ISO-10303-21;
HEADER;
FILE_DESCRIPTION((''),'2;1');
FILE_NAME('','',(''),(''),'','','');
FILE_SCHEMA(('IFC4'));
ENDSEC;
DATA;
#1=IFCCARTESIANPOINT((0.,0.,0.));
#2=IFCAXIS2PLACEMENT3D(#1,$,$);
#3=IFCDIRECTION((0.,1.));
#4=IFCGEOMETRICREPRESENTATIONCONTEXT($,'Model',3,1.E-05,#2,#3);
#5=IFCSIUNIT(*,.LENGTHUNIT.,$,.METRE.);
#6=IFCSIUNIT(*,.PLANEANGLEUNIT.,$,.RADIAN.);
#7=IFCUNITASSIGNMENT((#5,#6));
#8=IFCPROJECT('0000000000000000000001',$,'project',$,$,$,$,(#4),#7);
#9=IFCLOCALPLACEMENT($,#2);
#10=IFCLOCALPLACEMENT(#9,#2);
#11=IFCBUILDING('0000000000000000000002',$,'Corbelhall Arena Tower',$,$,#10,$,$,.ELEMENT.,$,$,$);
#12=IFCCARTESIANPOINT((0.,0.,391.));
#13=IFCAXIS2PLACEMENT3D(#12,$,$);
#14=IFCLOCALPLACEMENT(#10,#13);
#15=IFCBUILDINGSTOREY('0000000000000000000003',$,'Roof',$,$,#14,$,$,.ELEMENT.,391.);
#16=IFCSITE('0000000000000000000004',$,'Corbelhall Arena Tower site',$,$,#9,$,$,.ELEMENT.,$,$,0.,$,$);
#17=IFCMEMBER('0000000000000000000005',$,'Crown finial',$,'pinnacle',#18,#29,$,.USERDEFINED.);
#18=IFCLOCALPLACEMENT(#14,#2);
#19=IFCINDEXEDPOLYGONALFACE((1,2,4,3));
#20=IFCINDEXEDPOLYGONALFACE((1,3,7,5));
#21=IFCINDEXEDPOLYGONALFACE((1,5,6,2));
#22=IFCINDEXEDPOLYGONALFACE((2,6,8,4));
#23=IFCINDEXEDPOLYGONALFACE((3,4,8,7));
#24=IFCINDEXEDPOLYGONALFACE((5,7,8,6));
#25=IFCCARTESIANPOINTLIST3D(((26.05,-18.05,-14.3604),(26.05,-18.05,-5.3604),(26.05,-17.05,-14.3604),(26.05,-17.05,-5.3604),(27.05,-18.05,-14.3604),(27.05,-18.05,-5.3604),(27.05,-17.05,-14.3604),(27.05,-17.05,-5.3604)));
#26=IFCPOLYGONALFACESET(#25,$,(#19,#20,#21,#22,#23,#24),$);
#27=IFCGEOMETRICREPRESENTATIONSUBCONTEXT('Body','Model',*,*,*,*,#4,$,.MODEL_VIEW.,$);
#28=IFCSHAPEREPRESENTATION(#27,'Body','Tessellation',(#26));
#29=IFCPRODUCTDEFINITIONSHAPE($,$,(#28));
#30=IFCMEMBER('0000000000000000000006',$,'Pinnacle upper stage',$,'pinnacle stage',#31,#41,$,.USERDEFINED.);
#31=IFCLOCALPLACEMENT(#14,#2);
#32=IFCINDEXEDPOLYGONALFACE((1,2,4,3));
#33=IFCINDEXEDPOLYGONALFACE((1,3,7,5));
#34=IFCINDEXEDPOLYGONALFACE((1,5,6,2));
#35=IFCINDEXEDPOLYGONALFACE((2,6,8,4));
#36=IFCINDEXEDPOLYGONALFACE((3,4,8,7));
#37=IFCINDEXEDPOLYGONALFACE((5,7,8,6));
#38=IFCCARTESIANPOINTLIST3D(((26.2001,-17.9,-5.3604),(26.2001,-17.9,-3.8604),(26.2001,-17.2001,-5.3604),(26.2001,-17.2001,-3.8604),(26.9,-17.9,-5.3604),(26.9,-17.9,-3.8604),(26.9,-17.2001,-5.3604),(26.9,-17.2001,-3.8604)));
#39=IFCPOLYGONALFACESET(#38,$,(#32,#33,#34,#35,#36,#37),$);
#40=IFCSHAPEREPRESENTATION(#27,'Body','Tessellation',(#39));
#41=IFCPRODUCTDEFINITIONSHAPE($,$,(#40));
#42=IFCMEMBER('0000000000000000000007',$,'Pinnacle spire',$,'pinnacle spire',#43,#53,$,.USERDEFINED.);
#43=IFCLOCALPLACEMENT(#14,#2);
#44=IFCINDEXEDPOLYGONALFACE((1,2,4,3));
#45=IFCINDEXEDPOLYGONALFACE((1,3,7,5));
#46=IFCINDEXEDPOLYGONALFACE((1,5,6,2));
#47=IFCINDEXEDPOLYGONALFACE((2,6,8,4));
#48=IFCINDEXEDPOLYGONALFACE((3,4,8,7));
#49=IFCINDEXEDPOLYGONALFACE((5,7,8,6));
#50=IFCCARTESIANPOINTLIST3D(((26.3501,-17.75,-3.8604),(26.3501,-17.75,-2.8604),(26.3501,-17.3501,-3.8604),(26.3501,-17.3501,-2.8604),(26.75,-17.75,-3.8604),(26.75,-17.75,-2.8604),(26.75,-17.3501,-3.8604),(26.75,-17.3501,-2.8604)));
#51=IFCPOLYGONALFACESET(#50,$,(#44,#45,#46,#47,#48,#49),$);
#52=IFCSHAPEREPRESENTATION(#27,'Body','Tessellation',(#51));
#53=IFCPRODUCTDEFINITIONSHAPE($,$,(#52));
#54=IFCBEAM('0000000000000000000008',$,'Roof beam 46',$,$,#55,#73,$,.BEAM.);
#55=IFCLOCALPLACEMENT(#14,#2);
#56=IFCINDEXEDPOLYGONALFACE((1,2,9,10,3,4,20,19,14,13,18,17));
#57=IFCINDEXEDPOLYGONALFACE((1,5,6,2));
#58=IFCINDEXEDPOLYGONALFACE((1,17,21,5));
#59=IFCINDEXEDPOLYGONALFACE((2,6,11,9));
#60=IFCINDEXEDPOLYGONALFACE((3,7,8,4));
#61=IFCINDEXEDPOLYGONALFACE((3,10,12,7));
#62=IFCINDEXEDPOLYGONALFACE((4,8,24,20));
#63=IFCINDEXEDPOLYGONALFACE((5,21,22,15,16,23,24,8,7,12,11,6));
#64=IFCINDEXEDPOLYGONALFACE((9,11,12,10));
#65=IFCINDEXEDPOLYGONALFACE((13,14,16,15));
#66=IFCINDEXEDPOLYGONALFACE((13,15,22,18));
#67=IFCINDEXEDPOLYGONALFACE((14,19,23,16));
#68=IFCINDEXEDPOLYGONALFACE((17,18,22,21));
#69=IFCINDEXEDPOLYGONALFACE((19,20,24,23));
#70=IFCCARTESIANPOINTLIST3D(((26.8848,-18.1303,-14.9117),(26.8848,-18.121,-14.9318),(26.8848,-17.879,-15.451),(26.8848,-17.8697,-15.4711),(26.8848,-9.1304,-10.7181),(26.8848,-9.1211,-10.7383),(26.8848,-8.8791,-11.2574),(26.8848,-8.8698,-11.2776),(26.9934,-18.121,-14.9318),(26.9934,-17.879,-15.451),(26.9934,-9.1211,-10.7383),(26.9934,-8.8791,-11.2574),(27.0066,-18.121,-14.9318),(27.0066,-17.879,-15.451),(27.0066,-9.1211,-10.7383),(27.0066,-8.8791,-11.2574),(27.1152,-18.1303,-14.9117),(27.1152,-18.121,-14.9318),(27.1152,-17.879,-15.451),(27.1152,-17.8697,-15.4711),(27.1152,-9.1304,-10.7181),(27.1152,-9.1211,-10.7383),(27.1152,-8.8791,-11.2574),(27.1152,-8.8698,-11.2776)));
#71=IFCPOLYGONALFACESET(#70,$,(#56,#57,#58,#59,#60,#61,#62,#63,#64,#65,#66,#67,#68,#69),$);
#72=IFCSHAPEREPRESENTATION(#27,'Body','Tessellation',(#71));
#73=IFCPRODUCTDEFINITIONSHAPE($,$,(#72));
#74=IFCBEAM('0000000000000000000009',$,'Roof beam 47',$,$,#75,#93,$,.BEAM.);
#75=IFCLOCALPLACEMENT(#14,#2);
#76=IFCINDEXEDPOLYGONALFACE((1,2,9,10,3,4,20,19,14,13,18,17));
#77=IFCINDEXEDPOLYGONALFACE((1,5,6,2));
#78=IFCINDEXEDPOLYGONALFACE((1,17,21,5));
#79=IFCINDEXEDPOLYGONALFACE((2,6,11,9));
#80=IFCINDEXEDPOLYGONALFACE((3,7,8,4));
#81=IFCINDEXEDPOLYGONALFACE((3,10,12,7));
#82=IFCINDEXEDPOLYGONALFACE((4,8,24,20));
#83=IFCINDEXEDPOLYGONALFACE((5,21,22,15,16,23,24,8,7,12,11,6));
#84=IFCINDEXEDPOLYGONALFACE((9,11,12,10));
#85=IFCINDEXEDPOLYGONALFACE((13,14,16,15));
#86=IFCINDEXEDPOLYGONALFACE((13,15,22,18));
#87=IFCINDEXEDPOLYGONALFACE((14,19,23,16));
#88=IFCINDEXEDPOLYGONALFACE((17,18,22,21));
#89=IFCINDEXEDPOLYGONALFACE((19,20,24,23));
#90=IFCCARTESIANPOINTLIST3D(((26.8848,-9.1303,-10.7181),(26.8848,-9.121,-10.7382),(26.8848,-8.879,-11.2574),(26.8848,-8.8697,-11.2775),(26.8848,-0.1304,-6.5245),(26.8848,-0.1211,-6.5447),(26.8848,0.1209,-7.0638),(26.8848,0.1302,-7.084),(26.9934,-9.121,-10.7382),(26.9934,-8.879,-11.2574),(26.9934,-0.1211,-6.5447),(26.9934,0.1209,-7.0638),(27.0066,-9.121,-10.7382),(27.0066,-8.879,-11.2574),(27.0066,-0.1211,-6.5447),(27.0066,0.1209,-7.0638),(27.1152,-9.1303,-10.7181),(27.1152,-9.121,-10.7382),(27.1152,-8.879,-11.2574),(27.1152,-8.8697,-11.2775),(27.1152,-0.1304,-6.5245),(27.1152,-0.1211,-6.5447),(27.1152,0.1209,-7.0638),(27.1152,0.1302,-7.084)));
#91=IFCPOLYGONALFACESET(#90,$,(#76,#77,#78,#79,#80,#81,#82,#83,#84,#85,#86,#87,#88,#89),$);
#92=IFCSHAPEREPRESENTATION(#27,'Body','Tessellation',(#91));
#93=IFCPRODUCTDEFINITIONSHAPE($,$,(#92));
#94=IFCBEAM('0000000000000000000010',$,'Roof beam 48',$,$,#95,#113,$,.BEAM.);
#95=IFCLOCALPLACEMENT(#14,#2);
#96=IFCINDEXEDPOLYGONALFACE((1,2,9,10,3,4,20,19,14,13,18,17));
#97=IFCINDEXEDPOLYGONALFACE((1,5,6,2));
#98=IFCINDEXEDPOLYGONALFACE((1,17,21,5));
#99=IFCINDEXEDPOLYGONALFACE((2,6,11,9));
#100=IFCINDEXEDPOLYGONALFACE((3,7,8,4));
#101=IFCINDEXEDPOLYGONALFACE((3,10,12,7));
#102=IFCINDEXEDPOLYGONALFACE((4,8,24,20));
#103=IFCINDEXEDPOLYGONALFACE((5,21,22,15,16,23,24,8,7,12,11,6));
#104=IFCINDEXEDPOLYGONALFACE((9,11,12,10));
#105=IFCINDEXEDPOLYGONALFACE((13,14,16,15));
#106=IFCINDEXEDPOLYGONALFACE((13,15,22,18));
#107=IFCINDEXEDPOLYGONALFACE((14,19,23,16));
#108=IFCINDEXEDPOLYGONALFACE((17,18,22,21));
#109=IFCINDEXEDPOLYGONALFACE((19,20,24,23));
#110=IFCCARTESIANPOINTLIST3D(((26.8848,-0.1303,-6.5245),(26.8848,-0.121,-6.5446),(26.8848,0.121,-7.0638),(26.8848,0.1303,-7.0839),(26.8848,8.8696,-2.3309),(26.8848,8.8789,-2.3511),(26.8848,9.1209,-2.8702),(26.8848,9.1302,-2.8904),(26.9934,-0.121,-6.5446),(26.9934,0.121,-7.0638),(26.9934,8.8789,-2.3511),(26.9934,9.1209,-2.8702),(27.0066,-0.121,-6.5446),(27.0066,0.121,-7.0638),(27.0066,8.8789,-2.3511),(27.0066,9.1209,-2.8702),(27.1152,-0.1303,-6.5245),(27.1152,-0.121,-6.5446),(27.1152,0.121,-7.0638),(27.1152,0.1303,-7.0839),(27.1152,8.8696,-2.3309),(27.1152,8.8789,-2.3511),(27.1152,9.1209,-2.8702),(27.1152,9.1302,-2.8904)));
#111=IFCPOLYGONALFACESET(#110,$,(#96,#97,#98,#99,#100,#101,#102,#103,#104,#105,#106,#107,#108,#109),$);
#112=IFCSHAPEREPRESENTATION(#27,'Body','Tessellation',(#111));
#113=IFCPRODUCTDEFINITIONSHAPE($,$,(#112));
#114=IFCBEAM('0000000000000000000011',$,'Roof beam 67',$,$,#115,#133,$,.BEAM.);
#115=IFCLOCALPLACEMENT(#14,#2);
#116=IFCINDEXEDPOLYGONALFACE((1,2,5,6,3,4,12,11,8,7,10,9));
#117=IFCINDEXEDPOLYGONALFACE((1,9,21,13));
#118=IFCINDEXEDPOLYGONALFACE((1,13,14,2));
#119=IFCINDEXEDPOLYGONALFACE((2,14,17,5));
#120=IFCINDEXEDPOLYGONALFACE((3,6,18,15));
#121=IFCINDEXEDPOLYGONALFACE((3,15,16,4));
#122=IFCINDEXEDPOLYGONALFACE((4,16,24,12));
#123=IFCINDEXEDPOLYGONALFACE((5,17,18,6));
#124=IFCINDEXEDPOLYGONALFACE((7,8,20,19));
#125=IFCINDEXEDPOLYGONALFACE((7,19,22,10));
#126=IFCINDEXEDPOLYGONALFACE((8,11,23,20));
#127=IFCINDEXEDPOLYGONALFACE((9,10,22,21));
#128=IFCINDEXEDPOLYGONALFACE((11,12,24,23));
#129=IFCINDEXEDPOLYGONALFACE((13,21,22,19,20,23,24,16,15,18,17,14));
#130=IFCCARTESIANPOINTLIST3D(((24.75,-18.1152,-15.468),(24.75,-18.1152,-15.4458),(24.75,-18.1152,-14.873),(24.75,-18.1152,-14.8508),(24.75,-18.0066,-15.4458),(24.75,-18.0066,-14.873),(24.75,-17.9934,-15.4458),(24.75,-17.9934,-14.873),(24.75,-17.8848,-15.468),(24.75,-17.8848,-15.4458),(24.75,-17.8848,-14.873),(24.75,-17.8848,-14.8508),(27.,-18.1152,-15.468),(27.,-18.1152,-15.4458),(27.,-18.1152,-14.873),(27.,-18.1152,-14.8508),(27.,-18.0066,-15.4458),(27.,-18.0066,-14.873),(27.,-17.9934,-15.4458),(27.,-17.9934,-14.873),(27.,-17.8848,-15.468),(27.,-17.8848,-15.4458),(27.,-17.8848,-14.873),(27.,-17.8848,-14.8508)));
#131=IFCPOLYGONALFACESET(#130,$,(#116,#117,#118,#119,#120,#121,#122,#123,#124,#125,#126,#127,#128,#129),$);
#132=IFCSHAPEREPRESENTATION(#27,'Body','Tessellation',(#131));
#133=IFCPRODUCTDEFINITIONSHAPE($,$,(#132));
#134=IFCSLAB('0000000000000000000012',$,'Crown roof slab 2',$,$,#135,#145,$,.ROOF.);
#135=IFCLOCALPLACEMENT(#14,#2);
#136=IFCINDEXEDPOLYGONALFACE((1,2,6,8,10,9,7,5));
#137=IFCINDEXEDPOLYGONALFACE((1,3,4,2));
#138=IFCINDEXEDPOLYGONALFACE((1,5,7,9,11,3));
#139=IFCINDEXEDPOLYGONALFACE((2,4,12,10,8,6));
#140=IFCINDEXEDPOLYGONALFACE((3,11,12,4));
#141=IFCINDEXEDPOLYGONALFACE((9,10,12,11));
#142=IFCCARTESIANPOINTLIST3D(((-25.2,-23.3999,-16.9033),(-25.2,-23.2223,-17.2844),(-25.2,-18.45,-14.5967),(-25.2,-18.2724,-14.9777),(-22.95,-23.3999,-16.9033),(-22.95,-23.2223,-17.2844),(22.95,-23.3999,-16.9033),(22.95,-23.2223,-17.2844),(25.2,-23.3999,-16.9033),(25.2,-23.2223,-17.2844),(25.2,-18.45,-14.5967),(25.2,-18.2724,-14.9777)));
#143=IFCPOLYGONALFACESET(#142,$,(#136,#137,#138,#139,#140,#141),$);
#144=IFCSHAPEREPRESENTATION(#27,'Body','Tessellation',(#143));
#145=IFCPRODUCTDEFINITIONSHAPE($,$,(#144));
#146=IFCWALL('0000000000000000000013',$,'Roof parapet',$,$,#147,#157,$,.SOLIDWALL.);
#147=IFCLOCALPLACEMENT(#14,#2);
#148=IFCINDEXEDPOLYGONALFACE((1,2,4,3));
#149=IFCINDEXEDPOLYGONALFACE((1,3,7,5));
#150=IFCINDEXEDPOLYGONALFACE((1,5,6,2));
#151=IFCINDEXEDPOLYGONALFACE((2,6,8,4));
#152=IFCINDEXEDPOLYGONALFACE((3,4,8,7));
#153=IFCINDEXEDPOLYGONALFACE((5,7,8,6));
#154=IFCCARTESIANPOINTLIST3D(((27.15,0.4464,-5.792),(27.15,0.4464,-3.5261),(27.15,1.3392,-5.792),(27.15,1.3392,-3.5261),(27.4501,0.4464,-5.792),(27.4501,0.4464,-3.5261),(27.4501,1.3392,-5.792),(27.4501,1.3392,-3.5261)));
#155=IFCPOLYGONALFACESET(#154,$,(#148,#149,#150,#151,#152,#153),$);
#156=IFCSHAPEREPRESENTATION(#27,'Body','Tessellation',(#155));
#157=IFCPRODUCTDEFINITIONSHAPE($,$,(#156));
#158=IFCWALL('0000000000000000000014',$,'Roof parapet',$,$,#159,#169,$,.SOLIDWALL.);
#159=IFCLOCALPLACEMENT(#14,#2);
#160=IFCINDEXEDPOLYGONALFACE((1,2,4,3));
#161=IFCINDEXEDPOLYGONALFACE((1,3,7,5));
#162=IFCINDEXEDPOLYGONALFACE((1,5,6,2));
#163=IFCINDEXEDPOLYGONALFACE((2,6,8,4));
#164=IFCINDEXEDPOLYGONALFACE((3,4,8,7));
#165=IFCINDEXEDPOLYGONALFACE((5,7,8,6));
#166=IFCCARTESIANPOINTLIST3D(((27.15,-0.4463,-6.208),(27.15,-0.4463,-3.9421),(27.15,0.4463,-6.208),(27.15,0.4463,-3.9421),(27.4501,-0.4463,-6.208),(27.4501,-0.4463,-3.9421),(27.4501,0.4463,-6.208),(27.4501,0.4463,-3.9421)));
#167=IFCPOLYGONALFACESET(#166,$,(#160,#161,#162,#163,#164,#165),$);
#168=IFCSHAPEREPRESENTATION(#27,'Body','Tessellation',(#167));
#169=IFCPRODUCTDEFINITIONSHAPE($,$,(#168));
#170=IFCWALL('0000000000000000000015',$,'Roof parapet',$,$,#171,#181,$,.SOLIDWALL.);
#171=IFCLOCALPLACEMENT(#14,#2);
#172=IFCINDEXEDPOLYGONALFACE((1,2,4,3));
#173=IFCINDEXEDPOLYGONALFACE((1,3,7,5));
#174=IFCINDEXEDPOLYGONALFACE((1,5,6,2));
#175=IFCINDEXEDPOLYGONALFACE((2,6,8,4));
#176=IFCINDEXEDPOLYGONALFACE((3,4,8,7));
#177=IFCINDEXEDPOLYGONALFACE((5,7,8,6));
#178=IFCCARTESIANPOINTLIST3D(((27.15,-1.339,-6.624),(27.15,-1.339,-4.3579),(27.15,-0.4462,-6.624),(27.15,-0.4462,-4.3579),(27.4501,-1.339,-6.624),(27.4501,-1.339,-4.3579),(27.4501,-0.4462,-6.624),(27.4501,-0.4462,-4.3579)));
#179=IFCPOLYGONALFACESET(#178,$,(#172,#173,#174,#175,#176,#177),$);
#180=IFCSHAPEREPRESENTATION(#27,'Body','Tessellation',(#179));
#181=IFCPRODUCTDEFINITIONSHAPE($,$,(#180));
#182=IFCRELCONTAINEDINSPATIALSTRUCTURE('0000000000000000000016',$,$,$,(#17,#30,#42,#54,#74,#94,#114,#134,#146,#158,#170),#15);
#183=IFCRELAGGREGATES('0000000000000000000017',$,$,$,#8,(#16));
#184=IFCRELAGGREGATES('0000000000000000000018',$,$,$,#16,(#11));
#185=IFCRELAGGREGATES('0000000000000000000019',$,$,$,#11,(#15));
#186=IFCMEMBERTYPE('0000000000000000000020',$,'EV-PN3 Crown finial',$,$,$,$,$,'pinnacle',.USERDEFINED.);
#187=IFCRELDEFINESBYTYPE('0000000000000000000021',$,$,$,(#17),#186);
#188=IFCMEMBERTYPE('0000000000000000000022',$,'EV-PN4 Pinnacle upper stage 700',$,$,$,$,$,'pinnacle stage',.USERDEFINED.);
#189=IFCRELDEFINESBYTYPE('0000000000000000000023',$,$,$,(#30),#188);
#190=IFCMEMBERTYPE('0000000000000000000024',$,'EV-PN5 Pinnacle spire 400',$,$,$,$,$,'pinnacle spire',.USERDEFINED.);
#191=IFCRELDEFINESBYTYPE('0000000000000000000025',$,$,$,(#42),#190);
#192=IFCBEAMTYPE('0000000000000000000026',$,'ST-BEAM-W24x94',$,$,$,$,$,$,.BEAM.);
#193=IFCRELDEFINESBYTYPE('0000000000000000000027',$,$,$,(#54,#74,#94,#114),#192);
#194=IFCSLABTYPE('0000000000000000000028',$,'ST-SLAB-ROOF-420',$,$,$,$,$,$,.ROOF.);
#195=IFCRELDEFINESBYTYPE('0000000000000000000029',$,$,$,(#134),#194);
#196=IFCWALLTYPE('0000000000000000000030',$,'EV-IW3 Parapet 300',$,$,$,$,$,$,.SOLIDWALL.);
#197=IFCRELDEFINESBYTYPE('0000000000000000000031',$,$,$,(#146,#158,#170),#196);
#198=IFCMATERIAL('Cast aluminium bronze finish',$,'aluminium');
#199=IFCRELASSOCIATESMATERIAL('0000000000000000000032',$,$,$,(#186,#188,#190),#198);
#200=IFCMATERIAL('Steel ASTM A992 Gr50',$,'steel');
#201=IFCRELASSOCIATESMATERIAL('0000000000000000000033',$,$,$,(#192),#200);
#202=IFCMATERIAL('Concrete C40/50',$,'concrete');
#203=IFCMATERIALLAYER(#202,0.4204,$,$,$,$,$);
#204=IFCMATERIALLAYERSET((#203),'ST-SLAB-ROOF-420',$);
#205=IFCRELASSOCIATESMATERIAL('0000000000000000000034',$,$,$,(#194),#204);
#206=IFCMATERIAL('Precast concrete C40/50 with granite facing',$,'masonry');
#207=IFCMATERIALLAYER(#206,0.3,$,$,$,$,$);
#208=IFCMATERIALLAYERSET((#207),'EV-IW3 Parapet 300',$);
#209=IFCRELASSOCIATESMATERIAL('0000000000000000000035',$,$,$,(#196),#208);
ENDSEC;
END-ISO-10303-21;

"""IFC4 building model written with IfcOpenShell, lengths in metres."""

from ifc_helpers import new_model, si_unit, direction, frame, frame_2d, origin, origin_2d, place, context, subcontext, project, spatial, polyline, rectangle, i_section, outline, extrude, material, layer, layer_set, material_profile, profile_set, type_object, element, save


model = new_model("IFC4")

# Units and contexts
model_context = context("Model", 3, precision=1e-05, world=origin(), true_north=direction((0.0, 1.0)))
body_context = subcontext(model_context, "Body", "Model", "MODEL_VIEW")
ifc_project = project(units=[si_unit("LENGTHUNIT", "METRE"), si_unit("PLANEANGLEUNIT", "RADIAN")], contexts=[model_context])

# Site, building, storey
site_placement = place(None, origin())
site = spatial("IfcSite", under=ifc_project, at=site_placement, Name="Corbelhall Arena Tower site", CompositionType="ELEMENT", RefElevation=0.0)
building_placement = place(site_placement, origin())
building = spatial("IfcBuilding", under=site, at=building_placement, Name="Corbelhall Arena Tower", CompositionType="ELEMENT")
storey_placement = place(building_placement, frame((0.0, 0.0, 391.0)))
storey = spatial("IfcBuildingStorey", under=building, at=storey_placement, Name="Roof", CompositionType="ELEMENT", Elevation=391.0)

# Members
ifc_material_1 = material(Name="Cast aluminium bronze finish", Category="aluminium")
ifc_material_profile_1 = material_profile(ifc_material_1, rectangle(XDim=1.0, YDim=1.0, at=origin_2d()))
ifc_profile_set_1 = profile_set([ifc_material_profile_1], Name="Cast aluminium bronze finish")
member_type_1 = type_object("IfcMemberType", Name="EV-PN3 Crown finial", ElementType="pinnacle", PredefinedType="USERDEFINED", material=ifc_profile_set_1)
member_1_placement = place(storey_placement, frame((26.55, -17.55, -14.3604), z_axis=(0.0, 0.0, 1.0), x_axis=(1.0, 0.0, 0.0)))
element("IfcMember", 1, at=member_1_placement, inside=storey, type_object=member_type_1, Name="Crown finial", ObjectType="pinnacle", PredefinedType="USERDEFINED", context=body_context, shape_type="SweptSolid", body=[
    extrude(rectangle(XDim=1.0, YDim=1.0, at=origin_2d()), origin(), (0.0, 0.0, 1.0), 9.0),
])
ifc_material_profile_2 = material_profile(ifc_material_1, rectangle(XDim=0.7, YDim=0.7, at=origin_2d()))
ifc_profile_set_2 = profile_set([ifc_material_profile_2], Name="Cast aluminium bronze finish")
member_type_2 = type_object("IfcMemberType", Name="EV-PN4 Pinnacle upper stage 700", ElementType="pinnacle stage", PredefinedType="USERDEFINED", material=ifc_profile_set_2)
member_2_placement = place(storey_placement, frame((26.55, -17.55, -5.3604), z_axis=(0.0, 0.0, 1.0), x_axis=(1.0, 0.0, 0.0)))
element("IfcMember", 2, at=member_2_placement, inside=storey, type_object=member_type_2, Name="Pinnacle upper stage", ObjectType="pinnacle stage", PredefinedType="USERDEFINED", context=body_context, shape_type="SweptSolid", body=[
    extrude(rectangle(XDim=0.7, YDim=0.7, at=origin_2d()), origin(), (0.0, 0.0, 1.0), 1.5),
])
ifc_material_profile_3 = material_profile(ifc_material_1, rectangle(XDim=0.3999, YDim=0.3999, at=origin_2d()))
ifc_profile_set_3 = profile_set([ifc_material_profile_3], Name="Cast aluminium bronze finish")
member_type_3 = type_object("IfcMemberType", Name="EV-PN5 Pinnacle spire 400", ElementType="pinnacle spire", PredefinedType="USERDEFINED", material=ifc_profile_set_3)
member_3_placement = place(storey_placement, frame((26.55, -17.55, -3.8604), z_axis=(0.0, 0.0, 1.0), x_axis=(1.0, 0.0, 0.0)))
element("IfcMember", 3, at=member_3_placement, inside=storey, type_object=member_type_3, Name="Pinnacle spire", ObjectType="pinnacle spire", PredefinedType="USERDEFINED", context=body_context, shape_type="SweptSolid", body=[
    extrude(rectangle(XDim=0.3999, YDim=0.3999, at=origin_2d()), origin(), (0.0, 0.0, 1.0), 1.0),
])

# Beams
ifc_material_2 = material(Name="Steel ASTM A992 Gr50", Category="steel")
ifc_material_profile_4 = material_profile(ifc_material_2, i_section(OverallWidth=0.2305, OverallDepth=0.6172, WebThickness=0.0132, FlangeThickness=0.0222, at=origin_2d()))
ifc_profile_set_4 = profile_set([ifc_material_profile_4], Name="Steel ASTM A992 Gr50")
beam_type = type_object("IfcBeamType", Name="ST-BEAM-W24x94", PredefinedType="BEAM", material=ifc_profile_set_4)
for number, where, z_axis, x_axis, name in (
    (4, (27.0, -18.0, -15.1914), (0.0, 0.90643, 0.422356), (-1.0, 0.0, 0.0), "Roof beam 46"),
    (5, (27.0, -9.0, -10.9978), (0.0, 0.90643, 0.422356), (-1.0, 0.0, 0.0), "Roof beam 47"),
    (6, (27.0, 0.0, -6.8042), (0.0, 0.90643, 0.422356), (-1.0, 0.0, 0.0), "Roof beam 48"),
):
    element("IfcBeam", number, at=place(storey_placement, frame(where, z_axis=z_axis, x_axis=x_axis)), inside=storey, type_object=beam_type, Name=name, PredefinedType="BEAM", context=body_context, shape_type="SweptSolid", body=[
        extrude(i_section(OverallWidth=0.2305, OverallDepth=0.6172, WebThickness=0.0132, FlangeThickness=0.0222, at=origin_2d()), origin(), (0.0, 0.0, 1.0), 9.929),
    ])
beam_placement = place(storey_placement, frame((24.75, -18.0, -15.1594), z_axis=(1.0, 0.0, 0.0), x_axis=(0.0, 1.0, 0.0)))
element("IfcBeam", 7, at=beam_placement, inside=storey, type_object=beam_type, Name="Roof beam 67", PredefinedType="BEAM", context=body_context, shape_type="SweptSolid", body=[
    extrude(i_section(OverallWidth=0.2305, OverallDepth=0.6172, WebThickness=0.0132, FlangeThickness=0.0222, at=origin_2d()), origin(), (0.0, 0.0, 1.0), 2.25),
])

# Slab
ifc_material_3 = material(Name="Concrete C40/50", Category="concrete")
ifc_layer_1 = layer(ifc_material_3, 0.4204)
ifc_layer_set_1 = layer_set([ifc_layer_1], Name="ST-SLAB-ROOF-420")
slab_type = type_object("IfcSlabType", Name="ST-SLAB-ROOF-420", PredefinedType="ROOF", material=ifc_layer_set_1)
slab_placement = place(storey_placement, frame((25.2, -23.3999, -16.9033), z_axis=(0.0, -0.422384, 0.906417), x_axis=(0.0, 0.906417, 0.422384)))
element("IfcSlab", 8, at=slab_placement, inside=storey, type_object=slab_type, Name="Crown roof slab 2", PredefinedType="ROOF", context=body_context, shape_type="SweptSolid", body=[
    extrude(outline(polyline([(0.0, 0.0), (5.461, 0.0), (5.461, 50.3999), (0.0, 50.3999), (0.0, 48.1499), (0.0, 2.25), (0.0, 0.0)])), origin(), (0.0, 0.0, -1.0), 0.4204),
])

# Walls
ifc_material_4 = material(Name="Precast concrete C40/50 with granite facing", Category="masonry")
ifc_layer_2 = layer(ifc_material_4, 0.3)
ifc_layer_set_2 = layer_set([ifc_layer_2], Name="EV-IW3 Parapet 300")
wall_type = type_object("IfcWallType", Name="EV-IW3 Parapet 300", PredefinedType="SOLIDWALL", material=ifc_layer_set_2)
wall_1_placement = place(storey_placement, frame((27.3, 1.3391, -5.792), z_axis=(0.0, 0.0, 1.0), x_axis=(0.0, -1.0, 0.0)))
element("IfcWall", 9, at=wall_1_placement, inside=storey, type_object=wall_type, Name="Roof parapet", PredefinedType="SOLIDWALL", context=body_context, shape_type="SweptSolid", body=[
    extrude(rectangle(XDim=0.8928, YDim=0.3, at=frame_2d((0.4463, 0.0))), origin(), (0.0, 0.0, 1.0), 2.2659),
])
wall_2_placement = place(storey_placement, frame((27.3, 0.4463, -6.208), z_axis=(0.0, 0.0, 1.0), x_axis=(0.0, -1.0, 0.0)))
element("IfcWall", 10, at=wall_2_placement, inside=storey, type_object=wall_type, Name="Roof parapet", PredefinedType="SOLIDWALL", context=body_context, shape_type="SweptSolid", body=[
    extrude(rectangle(XDim=0.8926, YDim=0.3, at=frame_2d((0.4463, 0.0))), origin(), (0.0, 0.0, 1.0), 2.2659),
])
wall_3_placement = place(storey_placement, frame((27.3, -0.4463, -6.624), z_axis=(0.0, 0.0, 1.0), x_axis=(0.0, -1.0, 0.0)))
element("IfcWall", 11, at=wall_3_placement, inside=storey, type_object=wall_type, Name="Roof parapet", PredefinedType="SOLIDWALL", context=body_context, shape_type="SweptSolid", body=[
    extrude(rectangle(XDim=0.8928, YDim=0.3, at=frame_2d((0.4463, 0.0))), origin(), (0.0, 0.0, 1.0), 2.2661),
])

save(model, "model.ifc")
